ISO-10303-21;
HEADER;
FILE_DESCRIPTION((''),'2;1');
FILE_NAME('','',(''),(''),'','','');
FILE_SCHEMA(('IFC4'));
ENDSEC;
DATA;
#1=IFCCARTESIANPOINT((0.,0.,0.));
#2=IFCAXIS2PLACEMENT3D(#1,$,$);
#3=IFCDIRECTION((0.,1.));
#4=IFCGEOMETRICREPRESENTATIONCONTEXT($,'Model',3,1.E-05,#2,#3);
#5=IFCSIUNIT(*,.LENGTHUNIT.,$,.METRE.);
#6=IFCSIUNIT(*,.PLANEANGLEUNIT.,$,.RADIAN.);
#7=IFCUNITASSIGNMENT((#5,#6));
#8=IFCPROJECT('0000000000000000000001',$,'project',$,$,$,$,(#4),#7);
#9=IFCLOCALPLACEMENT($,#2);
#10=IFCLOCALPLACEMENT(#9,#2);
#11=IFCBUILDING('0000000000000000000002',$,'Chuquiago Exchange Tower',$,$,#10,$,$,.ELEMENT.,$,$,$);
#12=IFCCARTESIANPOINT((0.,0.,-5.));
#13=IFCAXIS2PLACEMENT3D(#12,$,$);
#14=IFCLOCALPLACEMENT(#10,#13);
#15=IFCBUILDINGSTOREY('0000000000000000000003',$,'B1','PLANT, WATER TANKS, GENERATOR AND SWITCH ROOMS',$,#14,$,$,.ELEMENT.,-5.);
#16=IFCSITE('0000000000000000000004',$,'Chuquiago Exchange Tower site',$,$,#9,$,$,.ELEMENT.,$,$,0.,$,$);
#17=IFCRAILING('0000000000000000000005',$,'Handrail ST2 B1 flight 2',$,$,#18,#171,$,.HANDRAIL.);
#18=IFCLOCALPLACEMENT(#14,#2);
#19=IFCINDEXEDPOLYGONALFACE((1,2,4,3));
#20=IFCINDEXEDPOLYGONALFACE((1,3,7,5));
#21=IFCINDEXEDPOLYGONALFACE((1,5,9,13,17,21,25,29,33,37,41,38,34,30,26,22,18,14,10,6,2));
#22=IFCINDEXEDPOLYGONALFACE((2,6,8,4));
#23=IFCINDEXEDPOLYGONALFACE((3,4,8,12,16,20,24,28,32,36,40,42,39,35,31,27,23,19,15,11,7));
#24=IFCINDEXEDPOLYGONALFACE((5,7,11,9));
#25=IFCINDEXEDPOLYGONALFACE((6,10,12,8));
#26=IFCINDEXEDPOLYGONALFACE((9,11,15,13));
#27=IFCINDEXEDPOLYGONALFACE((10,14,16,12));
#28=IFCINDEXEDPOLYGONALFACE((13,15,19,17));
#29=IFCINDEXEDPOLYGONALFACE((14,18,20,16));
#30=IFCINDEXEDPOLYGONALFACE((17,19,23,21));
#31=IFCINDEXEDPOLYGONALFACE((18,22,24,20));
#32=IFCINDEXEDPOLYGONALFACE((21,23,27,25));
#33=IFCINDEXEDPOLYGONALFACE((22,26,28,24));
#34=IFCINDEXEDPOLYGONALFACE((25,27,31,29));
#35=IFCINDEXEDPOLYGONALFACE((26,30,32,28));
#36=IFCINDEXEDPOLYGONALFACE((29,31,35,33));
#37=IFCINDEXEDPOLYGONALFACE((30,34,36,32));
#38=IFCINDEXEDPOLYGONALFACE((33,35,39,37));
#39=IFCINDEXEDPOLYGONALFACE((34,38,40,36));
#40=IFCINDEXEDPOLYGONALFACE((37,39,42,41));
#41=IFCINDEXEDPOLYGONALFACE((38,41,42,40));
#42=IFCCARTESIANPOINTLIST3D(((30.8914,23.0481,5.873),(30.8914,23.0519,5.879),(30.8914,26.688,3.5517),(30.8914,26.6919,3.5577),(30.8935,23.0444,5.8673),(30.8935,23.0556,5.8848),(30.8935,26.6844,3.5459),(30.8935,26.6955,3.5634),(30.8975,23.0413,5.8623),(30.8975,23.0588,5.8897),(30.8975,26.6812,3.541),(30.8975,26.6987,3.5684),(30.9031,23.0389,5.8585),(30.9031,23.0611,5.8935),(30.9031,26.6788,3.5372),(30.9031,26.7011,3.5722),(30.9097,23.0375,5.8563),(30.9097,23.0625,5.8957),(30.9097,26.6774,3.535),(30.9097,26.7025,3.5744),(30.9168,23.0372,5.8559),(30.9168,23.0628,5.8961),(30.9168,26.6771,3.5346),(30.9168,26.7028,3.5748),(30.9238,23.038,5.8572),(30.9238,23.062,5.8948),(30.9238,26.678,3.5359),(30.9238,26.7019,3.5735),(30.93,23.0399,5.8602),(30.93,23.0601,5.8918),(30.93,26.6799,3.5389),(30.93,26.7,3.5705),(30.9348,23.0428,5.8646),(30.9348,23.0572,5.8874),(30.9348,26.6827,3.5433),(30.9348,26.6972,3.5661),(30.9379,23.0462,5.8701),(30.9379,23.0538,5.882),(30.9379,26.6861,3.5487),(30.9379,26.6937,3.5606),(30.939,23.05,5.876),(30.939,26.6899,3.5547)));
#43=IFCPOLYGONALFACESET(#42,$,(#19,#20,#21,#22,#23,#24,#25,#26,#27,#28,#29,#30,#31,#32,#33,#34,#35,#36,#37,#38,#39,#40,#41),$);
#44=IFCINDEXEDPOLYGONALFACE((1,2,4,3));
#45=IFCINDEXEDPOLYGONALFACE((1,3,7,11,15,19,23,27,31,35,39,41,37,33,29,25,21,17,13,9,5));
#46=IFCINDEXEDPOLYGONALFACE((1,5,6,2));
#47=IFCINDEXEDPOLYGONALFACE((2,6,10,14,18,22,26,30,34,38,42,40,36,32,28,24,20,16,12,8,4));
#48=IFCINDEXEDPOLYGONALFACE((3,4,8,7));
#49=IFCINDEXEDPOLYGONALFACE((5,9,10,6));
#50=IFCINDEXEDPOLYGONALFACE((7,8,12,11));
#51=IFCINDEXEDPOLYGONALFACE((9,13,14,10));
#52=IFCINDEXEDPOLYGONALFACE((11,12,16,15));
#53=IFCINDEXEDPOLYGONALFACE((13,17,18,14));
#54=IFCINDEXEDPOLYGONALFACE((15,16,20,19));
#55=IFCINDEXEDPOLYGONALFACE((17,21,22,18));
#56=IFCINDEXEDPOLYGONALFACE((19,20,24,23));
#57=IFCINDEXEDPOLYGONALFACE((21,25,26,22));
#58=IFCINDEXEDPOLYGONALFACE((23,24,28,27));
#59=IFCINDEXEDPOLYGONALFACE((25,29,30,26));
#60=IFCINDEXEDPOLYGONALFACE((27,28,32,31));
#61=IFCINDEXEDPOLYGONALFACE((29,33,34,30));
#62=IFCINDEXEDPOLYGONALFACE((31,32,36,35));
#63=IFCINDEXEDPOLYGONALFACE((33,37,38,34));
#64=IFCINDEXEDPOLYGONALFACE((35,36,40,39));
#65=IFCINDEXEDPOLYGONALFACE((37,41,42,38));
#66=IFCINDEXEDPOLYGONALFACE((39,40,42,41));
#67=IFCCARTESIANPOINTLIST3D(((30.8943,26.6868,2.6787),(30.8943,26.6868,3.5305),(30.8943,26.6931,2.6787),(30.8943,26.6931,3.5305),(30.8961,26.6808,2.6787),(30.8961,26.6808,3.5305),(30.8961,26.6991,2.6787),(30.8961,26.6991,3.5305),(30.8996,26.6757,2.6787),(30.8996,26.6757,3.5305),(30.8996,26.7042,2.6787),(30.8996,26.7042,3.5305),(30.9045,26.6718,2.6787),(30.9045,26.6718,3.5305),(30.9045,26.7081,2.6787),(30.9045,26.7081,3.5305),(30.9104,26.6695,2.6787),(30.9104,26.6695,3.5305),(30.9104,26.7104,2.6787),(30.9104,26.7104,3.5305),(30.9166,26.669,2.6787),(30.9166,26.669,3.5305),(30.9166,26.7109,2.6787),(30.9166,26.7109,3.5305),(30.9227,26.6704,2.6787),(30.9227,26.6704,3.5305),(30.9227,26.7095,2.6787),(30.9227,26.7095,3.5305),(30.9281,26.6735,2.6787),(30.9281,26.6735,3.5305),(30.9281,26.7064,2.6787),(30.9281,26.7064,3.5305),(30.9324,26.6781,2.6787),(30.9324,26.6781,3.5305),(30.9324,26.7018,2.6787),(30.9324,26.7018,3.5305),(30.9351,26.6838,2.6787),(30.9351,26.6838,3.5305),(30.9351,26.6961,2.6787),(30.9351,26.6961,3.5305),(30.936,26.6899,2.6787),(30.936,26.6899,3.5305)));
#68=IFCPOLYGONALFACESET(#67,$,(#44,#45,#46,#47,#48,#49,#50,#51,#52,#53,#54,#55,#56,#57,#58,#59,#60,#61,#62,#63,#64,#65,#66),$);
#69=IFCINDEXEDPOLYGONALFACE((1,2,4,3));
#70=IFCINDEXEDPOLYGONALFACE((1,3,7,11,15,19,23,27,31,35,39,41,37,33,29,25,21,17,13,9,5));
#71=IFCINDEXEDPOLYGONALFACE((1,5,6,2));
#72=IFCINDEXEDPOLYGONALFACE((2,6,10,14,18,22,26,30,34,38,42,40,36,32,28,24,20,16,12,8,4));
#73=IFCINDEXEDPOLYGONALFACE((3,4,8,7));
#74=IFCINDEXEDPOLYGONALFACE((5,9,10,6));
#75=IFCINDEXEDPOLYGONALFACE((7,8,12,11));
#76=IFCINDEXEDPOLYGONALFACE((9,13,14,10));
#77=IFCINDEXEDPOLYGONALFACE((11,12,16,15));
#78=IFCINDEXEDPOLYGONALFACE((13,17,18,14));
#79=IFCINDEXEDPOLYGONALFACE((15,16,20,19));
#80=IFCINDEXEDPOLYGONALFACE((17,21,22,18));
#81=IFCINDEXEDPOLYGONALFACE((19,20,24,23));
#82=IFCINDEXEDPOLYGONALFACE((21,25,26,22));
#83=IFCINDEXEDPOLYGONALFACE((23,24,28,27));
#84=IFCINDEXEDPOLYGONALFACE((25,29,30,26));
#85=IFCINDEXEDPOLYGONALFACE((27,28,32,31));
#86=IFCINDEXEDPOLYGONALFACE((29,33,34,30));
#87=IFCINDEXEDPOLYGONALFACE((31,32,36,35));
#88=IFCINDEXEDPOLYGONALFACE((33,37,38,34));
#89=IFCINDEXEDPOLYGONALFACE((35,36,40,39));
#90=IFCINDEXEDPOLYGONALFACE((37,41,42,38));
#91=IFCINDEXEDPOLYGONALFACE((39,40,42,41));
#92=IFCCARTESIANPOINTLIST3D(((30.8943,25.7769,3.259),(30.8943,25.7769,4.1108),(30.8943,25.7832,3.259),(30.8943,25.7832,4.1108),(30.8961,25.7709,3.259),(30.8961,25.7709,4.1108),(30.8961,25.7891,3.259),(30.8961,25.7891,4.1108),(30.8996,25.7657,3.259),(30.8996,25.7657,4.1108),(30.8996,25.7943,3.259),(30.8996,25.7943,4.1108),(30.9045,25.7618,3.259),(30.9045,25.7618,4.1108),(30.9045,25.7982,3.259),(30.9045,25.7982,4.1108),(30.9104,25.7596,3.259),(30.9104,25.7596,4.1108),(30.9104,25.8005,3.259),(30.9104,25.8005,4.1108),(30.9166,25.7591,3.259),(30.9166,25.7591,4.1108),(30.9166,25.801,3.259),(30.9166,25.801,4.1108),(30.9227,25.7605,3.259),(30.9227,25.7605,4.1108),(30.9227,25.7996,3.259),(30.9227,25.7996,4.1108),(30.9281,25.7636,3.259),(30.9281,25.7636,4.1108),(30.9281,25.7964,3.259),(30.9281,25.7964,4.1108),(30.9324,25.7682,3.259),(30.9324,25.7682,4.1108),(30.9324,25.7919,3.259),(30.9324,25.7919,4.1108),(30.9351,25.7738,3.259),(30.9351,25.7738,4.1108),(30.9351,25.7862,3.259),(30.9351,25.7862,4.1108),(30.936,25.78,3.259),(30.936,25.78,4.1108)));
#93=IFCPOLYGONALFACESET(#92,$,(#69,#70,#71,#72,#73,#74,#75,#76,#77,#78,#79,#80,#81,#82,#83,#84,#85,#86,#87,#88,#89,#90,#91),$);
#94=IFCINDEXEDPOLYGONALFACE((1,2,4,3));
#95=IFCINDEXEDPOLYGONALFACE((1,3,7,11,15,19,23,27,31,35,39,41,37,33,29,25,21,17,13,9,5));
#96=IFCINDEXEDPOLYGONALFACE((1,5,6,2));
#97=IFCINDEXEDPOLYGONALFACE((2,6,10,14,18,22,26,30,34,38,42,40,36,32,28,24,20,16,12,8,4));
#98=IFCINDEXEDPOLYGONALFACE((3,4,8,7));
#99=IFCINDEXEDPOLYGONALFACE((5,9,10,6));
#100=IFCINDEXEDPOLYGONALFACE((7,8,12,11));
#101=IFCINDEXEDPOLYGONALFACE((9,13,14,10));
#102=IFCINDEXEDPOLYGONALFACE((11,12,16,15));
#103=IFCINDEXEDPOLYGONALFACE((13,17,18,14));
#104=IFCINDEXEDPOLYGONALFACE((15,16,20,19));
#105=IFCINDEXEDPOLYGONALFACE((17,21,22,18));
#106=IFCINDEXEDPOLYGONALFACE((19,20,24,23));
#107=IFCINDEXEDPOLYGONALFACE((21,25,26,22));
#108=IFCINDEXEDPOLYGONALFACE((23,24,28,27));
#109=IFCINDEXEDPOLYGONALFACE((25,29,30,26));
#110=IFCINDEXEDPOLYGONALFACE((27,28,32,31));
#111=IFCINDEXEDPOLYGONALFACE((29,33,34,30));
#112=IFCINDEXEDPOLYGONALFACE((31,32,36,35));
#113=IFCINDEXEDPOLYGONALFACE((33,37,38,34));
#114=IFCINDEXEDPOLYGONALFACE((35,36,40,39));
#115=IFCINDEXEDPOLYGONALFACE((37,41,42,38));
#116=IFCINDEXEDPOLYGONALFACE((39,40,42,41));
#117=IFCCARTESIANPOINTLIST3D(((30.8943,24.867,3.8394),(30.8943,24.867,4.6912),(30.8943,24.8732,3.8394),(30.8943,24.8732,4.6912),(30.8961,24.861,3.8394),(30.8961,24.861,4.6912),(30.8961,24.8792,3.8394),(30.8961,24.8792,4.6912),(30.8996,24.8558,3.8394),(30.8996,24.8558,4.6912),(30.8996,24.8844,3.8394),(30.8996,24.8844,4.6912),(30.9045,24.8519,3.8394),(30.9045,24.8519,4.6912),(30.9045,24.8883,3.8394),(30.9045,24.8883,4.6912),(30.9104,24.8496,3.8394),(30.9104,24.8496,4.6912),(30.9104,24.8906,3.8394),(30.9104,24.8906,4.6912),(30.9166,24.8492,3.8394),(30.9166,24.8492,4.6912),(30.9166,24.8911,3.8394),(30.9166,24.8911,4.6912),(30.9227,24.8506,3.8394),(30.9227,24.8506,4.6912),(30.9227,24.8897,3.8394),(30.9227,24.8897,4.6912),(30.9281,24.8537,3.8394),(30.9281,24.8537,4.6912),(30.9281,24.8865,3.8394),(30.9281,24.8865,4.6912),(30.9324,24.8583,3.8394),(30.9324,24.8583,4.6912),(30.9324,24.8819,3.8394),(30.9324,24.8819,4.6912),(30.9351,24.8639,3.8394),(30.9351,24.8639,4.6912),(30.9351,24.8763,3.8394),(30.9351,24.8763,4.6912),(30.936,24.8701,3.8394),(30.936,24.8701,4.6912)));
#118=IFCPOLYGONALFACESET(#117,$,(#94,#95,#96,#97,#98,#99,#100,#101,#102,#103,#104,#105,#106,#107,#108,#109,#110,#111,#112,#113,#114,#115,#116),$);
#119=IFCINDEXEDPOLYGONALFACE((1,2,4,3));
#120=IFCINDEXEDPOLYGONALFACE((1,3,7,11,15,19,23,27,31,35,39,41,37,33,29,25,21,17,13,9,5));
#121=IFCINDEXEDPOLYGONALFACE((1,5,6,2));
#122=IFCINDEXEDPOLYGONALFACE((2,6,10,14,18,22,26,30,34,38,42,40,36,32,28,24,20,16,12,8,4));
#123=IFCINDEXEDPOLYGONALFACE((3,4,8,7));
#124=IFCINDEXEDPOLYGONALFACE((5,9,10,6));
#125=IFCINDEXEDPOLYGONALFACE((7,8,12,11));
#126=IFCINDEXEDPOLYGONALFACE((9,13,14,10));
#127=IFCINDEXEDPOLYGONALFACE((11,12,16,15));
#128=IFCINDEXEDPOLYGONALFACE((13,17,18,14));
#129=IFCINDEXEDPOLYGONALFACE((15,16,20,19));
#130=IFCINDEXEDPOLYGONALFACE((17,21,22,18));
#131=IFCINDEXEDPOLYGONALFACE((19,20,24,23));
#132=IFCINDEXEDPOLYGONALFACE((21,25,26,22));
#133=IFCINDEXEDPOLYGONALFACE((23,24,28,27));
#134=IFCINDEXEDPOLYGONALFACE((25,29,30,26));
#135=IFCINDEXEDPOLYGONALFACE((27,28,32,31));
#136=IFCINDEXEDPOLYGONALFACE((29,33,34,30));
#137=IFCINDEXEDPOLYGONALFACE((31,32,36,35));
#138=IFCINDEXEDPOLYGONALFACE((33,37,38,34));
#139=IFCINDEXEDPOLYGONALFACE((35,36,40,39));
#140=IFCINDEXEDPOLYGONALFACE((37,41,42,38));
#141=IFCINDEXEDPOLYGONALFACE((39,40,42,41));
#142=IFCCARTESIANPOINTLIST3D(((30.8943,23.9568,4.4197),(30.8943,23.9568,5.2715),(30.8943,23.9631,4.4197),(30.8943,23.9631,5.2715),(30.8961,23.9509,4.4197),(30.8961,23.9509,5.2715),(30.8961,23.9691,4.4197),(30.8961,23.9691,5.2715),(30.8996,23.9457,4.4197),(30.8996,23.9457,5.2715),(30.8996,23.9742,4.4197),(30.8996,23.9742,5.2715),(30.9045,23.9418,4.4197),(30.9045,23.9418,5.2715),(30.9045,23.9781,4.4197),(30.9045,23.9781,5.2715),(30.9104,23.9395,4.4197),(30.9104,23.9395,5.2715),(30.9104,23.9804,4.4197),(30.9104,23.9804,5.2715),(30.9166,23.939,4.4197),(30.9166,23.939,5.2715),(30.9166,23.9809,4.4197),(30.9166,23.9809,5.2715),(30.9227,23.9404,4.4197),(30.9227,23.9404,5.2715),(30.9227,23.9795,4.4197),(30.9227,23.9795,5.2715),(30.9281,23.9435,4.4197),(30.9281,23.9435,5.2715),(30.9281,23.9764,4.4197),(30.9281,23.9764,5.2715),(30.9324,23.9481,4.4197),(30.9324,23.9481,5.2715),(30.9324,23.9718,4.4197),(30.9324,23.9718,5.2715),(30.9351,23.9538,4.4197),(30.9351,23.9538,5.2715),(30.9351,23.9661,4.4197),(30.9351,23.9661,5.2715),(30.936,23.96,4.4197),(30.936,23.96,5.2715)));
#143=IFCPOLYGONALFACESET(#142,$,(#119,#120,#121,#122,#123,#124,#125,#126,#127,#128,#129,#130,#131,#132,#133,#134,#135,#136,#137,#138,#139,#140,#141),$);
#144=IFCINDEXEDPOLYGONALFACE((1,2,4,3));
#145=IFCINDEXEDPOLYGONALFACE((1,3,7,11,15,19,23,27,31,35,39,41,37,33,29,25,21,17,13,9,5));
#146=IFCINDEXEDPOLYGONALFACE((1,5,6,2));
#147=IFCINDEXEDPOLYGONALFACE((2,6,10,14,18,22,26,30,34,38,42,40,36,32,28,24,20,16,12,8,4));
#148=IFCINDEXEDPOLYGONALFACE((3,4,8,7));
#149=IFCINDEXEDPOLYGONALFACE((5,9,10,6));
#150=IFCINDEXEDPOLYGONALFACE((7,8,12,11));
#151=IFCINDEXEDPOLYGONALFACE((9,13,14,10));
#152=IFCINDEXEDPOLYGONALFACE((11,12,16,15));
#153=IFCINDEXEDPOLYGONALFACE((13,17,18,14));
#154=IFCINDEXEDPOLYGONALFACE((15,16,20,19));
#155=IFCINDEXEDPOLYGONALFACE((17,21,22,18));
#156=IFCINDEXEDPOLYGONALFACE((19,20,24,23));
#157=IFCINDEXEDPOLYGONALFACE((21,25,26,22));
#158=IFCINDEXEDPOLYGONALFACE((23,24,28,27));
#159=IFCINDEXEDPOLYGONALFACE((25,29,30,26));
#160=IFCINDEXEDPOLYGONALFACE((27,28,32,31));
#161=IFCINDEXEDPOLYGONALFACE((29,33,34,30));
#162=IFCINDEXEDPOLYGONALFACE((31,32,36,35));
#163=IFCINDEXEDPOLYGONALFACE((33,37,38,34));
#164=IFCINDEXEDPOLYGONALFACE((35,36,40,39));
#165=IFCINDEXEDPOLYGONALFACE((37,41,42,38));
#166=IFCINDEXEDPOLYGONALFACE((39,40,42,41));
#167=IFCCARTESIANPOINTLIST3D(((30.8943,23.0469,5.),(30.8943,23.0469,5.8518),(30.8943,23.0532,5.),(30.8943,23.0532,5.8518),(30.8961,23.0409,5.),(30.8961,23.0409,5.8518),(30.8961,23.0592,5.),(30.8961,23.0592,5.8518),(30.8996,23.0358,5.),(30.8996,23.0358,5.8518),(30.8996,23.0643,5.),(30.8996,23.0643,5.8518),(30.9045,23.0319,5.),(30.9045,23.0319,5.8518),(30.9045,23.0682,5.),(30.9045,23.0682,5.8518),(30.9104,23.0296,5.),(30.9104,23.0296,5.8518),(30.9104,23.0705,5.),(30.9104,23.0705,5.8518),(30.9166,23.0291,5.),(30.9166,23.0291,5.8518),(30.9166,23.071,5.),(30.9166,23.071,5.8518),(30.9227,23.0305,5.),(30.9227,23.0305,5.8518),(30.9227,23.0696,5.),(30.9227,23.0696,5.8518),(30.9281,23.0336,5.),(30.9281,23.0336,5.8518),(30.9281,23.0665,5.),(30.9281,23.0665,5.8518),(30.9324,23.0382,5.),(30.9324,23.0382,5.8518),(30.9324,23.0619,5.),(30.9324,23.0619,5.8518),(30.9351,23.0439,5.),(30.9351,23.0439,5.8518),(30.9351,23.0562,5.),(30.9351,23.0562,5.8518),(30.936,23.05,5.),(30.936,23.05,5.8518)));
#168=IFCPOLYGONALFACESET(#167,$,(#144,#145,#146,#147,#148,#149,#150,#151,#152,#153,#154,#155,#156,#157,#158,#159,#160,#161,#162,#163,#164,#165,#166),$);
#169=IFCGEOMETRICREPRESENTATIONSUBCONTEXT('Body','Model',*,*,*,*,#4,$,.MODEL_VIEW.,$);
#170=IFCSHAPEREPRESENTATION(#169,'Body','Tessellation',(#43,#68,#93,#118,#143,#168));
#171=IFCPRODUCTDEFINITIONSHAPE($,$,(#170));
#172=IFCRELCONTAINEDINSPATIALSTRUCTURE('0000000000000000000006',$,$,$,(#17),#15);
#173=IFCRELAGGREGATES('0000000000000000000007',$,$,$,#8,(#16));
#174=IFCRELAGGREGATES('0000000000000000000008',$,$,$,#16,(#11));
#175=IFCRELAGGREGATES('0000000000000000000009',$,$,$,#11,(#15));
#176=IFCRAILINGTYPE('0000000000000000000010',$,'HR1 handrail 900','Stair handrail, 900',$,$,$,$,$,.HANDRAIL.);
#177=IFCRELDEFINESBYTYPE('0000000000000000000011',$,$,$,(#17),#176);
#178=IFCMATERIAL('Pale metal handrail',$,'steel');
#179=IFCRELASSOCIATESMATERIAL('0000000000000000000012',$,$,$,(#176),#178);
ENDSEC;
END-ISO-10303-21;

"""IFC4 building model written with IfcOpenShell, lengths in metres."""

from ifc_helpers import new_model, si_unit, direction, frame, origin, origin_2d, place, context, subcontext, project, spatial, circle, extrude, material, type_object, element, save


model = new_model("IFC4")

# Units and contexts
model_context = context("Model", 3, precision=1e-05, world=origin(), true_north=direction((0.0, 1.0)))
body_context = subcontext(model_context, "Body", "Model", "MODEL_VIEW")
ifc_project = project(units=[si_unit("LENGTHUNIT", "METRE"), si_unit("PLANEANGLEUNIT", "RADIAN")], contexts=[model_context])

# Site, building, storey
site_placement = place(None, origin())
site = spatial("IfcSite", under=ifc_project, at=site_placement, Name="Chuquiago Exchange Tower site", CompositionType="ELEMENT", RefElevation=0.0)
building_placement = place(site_placement, origin())
building = spatial("IfcBuilding", under=site, at=building_placement, Name="Chuquiago Exchange Tower", CompositionType="ELEMENT")
storey_placement = place(building_placement, frame((0.0, 0.0, -5.0)))
storey = spatial("IfcBuildingStorey", under=building, at=storey_placement, Name="B1", Description="PLANT, WATER TANKS, GENERATOR AND SWITCH ROOMS", CompositionType="ELEMENT", Elevation=-5.0)

# Railing
ifc_material_1 = material(Name="Pale metal handrail", Category="steel")
railing_type = type_object("IfcRailingType", Name="HR1 handrail 900", Description="Stair handrail, 900", PredefinedType="HANDRAIL", material=ifc_material_1)
for number, where, name in (
    (1, (30.915, 26.6899, 2.6787), "Handrail ST2 B1 flight 2"),
):
    element("IfcRailing", number, at=place(storey_placement, frame(where)), inside=storey, type_object=railing_type, Name=name, PredefinedType="HANDRAIL", context=body_context, shape_type="SweptSolid", body=[
        extrude(circle(Radius=0.0239, at=origin_2d()), frame((0.0, 0.0, 0.876), z_axis=(0.0, -0.843137, 0.537699), x_axis=(1.0, 0.0, 0.0)), (0.0, 0.0, 1.0), 4.3171),
        extrude(circle(Radius=0.021, at=origin_2d()), origin(), (0.0, 0.0, 1.0), 0.8518),
        extrude(circle(Radius=0.021, at=origin_2d()), frame((0.0, -0.9099, 0.5803)), (0.0, 0.0, 1.0), 0.8518),
        extrude(circle(Radius=0.021, at=origin_2d()), frame((0.0, -1.8198, 1.1606)), (0.0, 0.0, 1.0), 0.8518),
        extrude(circle(Radius=0.021, at=origin_2d()), frame((0.0, -2.73, 1.741)), (0.0, 0.0, 1.0), 0.8518),
        extrude(circle(Radius=0.021, at=origin_2d()), frame((0.0, -3.6399, 2.3213)), (0.0, 0.0, 1.0), 0.8518),
    ])

save(model, "model.ifc")
